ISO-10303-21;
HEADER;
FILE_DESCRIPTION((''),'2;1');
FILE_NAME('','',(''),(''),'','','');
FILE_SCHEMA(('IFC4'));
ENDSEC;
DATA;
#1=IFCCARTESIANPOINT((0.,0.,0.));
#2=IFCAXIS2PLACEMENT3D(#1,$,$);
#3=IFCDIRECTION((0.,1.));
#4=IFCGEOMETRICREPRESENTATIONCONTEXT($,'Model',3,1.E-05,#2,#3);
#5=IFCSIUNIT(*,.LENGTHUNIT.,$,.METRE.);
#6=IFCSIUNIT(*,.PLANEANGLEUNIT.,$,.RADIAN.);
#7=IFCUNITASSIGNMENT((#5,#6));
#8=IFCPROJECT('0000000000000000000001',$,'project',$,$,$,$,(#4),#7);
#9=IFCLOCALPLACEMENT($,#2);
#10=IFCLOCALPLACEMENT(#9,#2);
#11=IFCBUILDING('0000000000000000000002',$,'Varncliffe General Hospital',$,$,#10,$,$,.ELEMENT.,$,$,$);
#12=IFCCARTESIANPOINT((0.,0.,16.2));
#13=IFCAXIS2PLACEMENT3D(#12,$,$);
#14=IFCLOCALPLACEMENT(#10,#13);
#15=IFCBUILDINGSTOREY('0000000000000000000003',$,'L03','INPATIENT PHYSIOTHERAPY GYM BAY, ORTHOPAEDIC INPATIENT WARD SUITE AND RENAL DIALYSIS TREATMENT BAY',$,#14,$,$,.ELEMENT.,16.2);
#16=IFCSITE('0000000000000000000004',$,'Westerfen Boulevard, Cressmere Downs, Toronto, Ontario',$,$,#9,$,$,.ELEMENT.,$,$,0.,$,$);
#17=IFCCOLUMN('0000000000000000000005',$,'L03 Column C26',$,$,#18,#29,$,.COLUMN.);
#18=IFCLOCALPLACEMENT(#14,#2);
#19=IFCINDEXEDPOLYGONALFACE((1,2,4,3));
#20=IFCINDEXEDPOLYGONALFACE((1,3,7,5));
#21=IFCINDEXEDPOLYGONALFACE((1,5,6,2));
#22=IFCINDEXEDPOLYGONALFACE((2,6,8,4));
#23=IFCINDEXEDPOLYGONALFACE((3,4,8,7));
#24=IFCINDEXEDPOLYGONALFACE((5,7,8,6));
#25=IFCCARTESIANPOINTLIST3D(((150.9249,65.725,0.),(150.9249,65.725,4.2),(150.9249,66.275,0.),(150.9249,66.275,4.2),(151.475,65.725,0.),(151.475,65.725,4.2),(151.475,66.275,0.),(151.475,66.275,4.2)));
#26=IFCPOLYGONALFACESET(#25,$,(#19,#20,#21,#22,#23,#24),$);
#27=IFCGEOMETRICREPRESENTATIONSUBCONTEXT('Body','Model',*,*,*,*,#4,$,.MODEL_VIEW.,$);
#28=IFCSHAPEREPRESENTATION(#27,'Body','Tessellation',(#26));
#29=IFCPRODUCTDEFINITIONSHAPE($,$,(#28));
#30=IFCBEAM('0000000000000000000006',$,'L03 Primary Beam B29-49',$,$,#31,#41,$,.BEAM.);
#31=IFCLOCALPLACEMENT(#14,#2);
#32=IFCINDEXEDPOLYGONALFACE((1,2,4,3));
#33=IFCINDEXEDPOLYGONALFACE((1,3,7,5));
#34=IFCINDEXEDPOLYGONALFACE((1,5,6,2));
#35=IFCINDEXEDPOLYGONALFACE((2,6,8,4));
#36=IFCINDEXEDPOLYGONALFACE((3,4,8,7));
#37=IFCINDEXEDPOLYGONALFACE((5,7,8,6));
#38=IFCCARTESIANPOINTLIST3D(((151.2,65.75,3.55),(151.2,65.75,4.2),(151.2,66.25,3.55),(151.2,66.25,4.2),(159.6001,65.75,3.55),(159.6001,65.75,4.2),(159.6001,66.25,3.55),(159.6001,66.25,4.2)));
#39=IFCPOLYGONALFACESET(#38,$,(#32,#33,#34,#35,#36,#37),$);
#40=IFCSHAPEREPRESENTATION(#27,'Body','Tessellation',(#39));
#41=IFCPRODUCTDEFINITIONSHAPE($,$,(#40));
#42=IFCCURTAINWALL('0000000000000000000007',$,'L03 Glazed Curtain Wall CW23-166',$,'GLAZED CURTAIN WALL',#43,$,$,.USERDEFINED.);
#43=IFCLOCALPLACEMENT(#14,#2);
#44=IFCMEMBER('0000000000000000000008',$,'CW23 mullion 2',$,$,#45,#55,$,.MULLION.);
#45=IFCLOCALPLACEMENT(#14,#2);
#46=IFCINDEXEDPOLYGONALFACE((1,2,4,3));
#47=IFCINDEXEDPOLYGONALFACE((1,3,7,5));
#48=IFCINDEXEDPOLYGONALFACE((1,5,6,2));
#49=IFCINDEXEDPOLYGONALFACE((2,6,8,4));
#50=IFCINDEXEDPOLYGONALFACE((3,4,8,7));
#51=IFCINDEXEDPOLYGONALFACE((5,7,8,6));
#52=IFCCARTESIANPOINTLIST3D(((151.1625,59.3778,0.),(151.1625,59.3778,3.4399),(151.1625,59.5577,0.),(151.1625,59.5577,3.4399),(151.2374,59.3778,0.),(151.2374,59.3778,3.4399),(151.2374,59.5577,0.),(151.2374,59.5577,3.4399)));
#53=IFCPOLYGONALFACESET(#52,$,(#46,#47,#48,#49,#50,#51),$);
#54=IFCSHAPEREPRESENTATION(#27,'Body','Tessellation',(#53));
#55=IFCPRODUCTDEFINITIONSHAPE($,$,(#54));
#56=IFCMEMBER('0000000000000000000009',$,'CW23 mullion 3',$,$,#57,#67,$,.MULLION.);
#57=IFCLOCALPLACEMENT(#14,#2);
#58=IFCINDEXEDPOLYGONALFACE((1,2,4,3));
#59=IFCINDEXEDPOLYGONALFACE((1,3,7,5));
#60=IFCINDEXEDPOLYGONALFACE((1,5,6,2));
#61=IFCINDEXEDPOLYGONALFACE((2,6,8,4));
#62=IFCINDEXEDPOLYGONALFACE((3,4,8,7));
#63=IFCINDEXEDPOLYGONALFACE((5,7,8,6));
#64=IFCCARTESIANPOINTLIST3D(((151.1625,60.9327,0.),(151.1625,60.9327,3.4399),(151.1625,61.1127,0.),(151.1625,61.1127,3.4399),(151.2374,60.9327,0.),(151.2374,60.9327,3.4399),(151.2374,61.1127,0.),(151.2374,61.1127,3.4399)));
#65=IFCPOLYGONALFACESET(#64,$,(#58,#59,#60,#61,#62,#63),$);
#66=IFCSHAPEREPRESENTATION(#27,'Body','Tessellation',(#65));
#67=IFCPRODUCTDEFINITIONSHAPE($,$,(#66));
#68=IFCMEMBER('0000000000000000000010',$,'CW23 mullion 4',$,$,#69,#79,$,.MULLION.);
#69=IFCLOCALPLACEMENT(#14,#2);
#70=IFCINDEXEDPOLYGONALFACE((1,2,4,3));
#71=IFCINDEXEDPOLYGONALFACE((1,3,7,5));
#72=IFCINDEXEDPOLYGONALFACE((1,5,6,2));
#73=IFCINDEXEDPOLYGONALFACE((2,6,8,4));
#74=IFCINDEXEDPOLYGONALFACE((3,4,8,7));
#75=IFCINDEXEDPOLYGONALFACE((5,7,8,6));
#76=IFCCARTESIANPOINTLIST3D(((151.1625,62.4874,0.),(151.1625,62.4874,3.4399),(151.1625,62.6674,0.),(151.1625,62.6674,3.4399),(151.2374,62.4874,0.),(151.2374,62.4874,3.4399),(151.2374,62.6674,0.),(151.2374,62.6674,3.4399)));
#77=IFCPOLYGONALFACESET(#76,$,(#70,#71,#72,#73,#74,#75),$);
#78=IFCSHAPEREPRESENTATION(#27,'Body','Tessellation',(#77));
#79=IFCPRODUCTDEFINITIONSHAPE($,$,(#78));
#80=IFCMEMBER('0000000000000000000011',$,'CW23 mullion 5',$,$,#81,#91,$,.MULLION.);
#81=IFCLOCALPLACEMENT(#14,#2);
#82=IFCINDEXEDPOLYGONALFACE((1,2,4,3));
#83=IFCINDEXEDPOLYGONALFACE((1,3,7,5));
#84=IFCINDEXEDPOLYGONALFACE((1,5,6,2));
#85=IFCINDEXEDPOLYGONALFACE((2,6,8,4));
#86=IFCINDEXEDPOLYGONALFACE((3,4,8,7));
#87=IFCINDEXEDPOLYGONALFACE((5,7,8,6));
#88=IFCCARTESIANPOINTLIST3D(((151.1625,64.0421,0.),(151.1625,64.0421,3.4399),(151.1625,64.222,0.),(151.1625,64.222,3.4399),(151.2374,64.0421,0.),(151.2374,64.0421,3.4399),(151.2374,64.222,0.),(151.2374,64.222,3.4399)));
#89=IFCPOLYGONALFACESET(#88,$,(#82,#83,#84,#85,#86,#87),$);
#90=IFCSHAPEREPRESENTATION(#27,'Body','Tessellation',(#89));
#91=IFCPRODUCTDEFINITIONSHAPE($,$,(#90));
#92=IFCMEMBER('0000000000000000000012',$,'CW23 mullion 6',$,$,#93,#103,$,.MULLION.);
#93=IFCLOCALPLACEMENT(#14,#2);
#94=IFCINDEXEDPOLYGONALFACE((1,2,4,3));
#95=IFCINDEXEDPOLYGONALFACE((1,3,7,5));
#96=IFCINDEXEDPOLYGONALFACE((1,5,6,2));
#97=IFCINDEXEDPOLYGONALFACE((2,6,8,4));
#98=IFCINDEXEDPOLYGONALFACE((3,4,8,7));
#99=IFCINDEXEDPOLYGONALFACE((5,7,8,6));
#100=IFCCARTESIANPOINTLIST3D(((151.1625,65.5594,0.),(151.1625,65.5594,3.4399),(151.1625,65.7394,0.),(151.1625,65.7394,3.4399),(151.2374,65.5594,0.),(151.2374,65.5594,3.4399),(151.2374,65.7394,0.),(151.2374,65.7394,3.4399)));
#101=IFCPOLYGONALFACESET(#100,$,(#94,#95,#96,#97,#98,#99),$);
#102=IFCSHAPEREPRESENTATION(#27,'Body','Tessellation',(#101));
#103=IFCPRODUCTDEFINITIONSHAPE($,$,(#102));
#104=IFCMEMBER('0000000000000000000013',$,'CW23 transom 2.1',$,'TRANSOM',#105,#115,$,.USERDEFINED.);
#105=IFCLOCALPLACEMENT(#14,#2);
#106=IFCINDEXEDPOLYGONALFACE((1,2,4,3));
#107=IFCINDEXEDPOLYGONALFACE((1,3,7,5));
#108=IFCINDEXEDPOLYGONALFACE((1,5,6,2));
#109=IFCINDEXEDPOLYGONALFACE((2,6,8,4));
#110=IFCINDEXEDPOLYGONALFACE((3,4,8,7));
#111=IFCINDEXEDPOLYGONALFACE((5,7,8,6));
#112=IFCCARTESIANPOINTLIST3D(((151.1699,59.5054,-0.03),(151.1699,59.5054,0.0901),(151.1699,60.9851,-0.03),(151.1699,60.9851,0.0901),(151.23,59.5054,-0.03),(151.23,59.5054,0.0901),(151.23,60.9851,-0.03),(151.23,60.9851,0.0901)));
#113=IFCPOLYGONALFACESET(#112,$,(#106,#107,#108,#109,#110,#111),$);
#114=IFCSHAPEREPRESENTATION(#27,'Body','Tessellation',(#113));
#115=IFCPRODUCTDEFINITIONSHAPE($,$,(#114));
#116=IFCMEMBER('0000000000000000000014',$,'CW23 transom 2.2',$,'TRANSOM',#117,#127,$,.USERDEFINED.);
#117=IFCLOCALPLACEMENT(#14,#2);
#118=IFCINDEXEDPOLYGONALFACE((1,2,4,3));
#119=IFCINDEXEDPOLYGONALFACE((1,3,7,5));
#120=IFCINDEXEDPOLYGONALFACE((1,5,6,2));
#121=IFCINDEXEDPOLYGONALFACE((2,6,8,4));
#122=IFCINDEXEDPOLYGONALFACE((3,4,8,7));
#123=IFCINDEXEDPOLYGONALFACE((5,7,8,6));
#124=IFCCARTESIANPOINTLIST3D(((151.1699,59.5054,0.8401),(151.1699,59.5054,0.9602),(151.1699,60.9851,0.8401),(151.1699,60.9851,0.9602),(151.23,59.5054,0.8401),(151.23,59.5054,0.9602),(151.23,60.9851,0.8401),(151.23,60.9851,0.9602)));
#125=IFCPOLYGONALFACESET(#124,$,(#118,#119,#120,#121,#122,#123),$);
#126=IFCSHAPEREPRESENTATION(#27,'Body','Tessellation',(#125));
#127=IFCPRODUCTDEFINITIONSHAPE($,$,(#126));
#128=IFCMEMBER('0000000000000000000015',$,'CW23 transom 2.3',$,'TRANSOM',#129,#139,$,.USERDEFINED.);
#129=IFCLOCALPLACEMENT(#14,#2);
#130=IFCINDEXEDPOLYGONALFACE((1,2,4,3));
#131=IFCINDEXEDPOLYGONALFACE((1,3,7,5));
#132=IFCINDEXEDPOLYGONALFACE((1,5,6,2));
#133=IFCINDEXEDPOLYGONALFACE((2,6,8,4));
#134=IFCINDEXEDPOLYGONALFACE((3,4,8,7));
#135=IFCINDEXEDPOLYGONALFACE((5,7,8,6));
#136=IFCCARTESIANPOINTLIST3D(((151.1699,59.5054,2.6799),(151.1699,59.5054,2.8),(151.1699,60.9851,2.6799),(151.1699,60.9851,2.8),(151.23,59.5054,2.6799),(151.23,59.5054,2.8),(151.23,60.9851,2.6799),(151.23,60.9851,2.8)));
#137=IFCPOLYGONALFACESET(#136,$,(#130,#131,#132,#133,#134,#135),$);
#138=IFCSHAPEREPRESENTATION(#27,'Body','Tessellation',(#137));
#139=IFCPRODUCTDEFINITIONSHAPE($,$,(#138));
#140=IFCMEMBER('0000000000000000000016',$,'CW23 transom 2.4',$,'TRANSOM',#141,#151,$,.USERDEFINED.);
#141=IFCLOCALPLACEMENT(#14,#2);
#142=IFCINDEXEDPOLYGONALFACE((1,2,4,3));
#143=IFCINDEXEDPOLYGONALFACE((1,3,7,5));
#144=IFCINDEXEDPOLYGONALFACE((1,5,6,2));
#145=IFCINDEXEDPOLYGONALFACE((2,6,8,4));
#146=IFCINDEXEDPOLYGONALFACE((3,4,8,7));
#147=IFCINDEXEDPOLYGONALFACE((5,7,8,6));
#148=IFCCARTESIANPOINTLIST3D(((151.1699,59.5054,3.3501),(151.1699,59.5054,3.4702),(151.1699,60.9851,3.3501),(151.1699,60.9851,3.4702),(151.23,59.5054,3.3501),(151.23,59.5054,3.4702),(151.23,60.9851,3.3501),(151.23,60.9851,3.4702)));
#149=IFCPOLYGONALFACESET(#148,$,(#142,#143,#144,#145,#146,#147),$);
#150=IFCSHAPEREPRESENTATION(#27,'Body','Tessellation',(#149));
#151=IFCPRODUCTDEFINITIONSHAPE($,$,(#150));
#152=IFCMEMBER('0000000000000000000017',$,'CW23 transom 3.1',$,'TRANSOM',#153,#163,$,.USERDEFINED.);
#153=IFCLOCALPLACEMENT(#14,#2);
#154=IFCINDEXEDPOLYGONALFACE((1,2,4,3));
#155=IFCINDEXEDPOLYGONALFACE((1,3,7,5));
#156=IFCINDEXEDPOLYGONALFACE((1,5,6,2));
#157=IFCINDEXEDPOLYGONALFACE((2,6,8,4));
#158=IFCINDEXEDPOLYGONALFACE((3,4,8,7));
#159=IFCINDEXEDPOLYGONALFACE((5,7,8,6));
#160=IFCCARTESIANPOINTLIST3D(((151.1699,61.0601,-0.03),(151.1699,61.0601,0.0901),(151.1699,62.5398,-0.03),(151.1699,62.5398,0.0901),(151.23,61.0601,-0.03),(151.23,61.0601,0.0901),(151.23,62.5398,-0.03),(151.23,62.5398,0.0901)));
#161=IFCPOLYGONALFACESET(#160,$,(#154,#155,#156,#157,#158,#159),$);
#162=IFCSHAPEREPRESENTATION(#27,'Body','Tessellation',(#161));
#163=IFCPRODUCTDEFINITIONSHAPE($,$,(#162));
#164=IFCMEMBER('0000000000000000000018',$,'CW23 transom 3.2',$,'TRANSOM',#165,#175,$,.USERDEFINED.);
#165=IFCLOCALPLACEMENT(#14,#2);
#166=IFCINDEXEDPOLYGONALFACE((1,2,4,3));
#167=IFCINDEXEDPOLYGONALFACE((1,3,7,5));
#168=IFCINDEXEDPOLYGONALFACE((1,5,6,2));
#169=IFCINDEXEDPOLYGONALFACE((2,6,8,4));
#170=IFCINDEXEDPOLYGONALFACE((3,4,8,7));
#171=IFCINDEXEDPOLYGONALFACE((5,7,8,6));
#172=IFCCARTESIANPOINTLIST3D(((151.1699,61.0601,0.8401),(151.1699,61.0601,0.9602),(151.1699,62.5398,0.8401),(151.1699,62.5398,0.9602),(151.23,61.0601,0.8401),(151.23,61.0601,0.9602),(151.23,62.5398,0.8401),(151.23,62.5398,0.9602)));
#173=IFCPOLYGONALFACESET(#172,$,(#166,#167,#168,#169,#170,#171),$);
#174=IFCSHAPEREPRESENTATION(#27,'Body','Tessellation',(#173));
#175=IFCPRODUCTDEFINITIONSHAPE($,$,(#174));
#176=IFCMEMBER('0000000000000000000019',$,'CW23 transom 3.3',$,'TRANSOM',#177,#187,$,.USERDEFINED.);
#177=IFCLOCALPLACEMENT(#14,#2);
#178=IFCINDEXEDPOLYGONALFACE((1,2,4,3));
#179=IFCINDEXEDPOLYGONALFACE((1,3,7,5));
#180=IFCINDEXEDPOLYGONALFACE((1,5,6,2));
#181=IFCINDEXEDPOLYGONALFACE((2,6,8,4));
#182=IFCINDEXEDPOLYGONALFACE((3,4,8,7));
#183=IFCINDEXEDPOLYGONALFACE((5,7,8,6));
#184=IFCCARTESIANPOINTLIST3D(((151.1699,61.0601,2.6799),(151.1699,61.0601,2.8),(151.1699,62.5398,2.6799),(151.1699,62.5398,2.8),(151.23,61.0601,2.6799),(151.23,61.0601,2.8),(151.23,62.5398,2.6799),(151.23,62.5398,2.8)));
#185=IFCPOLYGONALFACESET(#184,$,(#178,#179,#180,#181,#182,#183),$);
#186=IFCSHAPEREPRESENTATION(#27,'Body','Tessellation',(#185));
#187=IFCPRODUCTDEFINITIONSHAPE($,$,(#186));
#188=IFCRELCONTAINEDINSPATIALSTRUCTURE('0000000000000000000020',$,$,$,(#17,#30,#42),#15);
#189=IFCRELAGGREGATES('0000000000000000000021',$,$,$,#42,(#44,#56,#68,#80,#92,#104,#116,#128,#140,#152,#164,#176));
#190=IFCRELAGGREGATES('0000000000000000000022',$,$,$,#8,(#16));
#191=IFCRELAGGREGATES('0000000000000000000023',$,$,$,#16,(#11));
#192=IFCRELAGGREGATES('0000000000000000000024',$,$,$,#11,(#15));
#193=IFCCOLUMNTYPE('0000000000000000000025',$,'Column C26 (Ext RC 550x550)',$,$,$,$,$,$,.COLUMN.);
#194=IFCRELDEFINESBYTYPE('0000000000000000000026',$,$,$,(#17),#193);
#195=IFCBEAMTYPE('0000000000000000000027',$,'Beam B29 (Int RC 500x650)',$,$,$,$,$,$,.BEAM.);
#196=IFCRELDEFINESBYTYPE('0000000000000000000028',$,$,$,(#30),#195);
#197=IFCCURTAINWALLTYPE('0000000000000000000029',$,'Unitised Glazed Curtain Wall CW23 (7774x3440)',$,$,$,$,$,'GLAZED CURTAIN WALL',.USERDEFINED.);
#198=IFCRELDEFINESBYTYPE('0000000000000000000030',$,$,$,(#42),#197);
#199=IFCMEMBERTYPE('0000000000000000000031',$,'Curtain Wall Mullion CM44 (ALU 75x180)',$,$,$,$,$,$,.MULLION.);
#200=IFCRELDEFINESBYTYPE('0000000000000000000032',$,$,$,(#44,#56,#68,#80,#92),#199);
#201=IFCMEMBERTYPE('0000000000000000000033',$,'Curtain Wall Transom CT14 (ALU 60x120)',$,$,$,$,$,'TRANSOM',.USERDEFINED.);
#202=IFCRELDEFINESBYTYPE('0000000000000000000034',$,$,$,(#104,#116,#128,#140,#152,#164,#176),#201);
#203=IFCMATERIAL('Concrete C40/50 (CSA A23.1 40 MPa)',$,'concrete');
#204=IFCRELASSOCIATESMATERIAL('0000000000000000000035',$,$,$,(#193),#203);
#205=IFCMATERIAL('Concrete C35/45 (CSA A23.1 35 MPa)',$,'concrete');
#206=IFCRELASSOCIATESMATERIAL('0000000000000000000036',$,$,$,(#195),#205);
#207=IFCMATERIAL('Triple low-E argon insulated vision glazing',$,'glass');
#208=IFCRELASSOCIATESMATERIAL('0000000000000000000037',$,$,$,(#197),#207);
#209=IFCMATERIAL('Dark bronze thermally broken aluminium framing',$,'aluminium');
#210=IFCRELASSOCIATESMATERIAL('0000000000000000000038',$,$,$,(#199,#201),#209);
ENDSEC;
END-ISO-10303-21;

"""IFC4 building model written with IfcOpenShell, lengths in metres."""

from ifc_helpers import new_model, si_unit, direction, frame, origin, origin_2d, place, context, subcontext, project, spatial, rectangle, extrude, material, material_profile, profile_set, type_object, element, aggregate, save


model = new_model("IFC4")

# Units and contexts
model_context = context("Model", 3, precision=1e-05, world=origin(), true_north=direction((0.0, 1.0)))
body_context = subcontext(model_context, "Body", "Model", "MODEL_VIEW")
ifc_project = project(units=[si_unit("LENGTHUNIT", "METRE"), si_unit("PLANEANGLEUNIT", "RADIAN")], contexts=[model_context])

# Site, building, storey
site_placement = place(None, origin())
site = spatial("IfcSite", under=ifc_project, at=site_placement, Name="Westerfen Boulevard, Cressmere Downs, Toronto, Ontario", CompositionType="ELEMENT", RefElevation=0.0)
building_placement = place(site_placement, origin())
building = spatial("IfcBuilding", under=site, at=building_placement, Name="Varncliffe General Hospital", CompositionType="ELEMENT")
storey_placement = place(building_placement, frame((0.0, 0.0, 16.2)))
storey = spatial("IfcBuildingStorey", under=building, at=storey_placement, Name="L03", Description="INPATIENT PHYSIOTHERAPY GYM BAY, ORTHOPAEDIC INPATIENT WARD SUITE AND RENAL DIALYSIS TREATMENT BAY", CompositionType="ELEMENT", Elevation=16.2)

# Column
ifc_material_1 = material(Name="Concrete C40/50 (CSA A23.1 40 MPa)", Category="concrete")
ifc_material_profile_1 = material_profile(ifc_material_1, rectangle(XDim=0.55, YDim=0.55, at=origin_2d()), Name="RC 550x550")
ifc_profile_set_1 = profile_set([ifc_material_profile_1], Name="Concrete C40/50 (CSA A23.1 40 MPa)")
column_type = type_object("IfcColumnType", Name="Column C26 (Ext RC 550x550)", PredefinedType="COLUMN", material=ifc_profile_set_1)
column_placement = place(storey_placement, frame((151.2, 66.0, 0.0), z_axis=(0.0, 0.0, 1.0), x_axis=(1.0, 0.0, 0.0)))
element("IfcColumn", 1, at=column_placement, inside=storey, type_object=column_type, Name="L03 Column C26", PredefinedType="COLUMN", context=body_context, shape_type="SweptSolid", body=[
    extrude(rectangle(XDim=0.55, YDim=0.55, at=origin_2d()), origin(), (0.0, 0.0, 1.0), 4.2),
])

# Beam
ifc_material_2 = material(Name="Concrete C35/45 (CSA A23.1 35 MPa)", Category="concrete")
ifc_material_profile_2 = material_profile(ifc_material_2, rectangle(XDim=0.5, YDim=0.6499, at=origin_2d()), Name="RC 500x650")
ifc_profile_set_2 = profile_set([ifc_material_profile_2], Name="Concrete C35/45 (CSA A23.1 35 MPa)")
beam_type_1 = type_object("IfcBeamType", Name="Beam B29 (Int RC 500x650)", PredefinedType="BEAM", material=ifc_profile_set_2)
beam_1_placement = place(storey_placement, frame((151.2, 66.0, 3.875), z_axis=(1.0, 0.0, 0.0), x_axis=(0.0, 1.0, 0.0)))
element("IfcBeam", 2, at=beam_1_placement, inside=storey, type_object=beam_type_1, Name="L03 Primary Beam B29-49", PredefinedType="BEAM", context=body_context, shape_type="SweptSolid", body=[
    extrude(rectangle(XDim=0.5, YDim=0.6499, at=origin_2d()), origin(), (0.0, 0.0, 1.0), 8.4001),
])

# Curtain wall, members
ifc_material_3 = material(Name="Triple low-E argon insulated vision glazing", Category="glass")
curtain_wall_type = type_object("IfcCurtainWallType", Name="Unitised Glazed Curtain Wall CW23 (7774x3440)", ElementType="GLAZED CURTAIN WALL", PredefinedType="USERDEFINED", material=ifc_material_3)
curtain_wall_placement = place(storey_placement, origin())
curtain_wall = element("IfcCurtainWall", 3, at=curtain_wall_placement, inside=storey, type_object=curtain_wall_type, Name="L03 Glazed Curtain Wall CW23-166", ObjectType="GLAZED CURTAIN WALL", PredefinedType="USERDEFINED")
ifc_material_4 = material(Name="Dark bronze thermally broken aluminium framing", Category="aluminium")
ifc_material_profile_3 = material_profile(ifc_material_4, rectangle(XDim=0.075, YDim=0.1799, at=origin_2d()), Name="ALU 75x180")
ifc_profile_set_3 = profile_set([ifc_material_profile_3], Name="Dark bronze thermally broken aluminium framing")
member_type_1 = type_object("IfcMemberType", Name="Curtain Wall Mullion CM44 (ALU 75x180)", PredefinedType="MULLION", material=ifc_profile_set_3)
member_1_placement = place(storey_placement, frame((151.2, 59.4678, 0.0), z_axis=(0.0, 0.0, 1.0), x_axis=(-1.0, 0.0, 0.0)))
member_1 = element("IfcMember", 4, at=member_1_placement, type_object=member_type_1, Name="CW23 mullion 2", PredefinedType="MULLION", context=body_context, shape_type="SweptSolid", body=[
    extrude(rectangle(XDim=0.075, YDim=0.1799, at=origin_2d()), origin(), (0.0, 0.0, 1.0), 3.4399),
])
member_2_placement = place(storey_placement, frame((151.2, 61.0227, 0.0), z_axis=(0.0, 0.0, 1.0), x_axis=(-1.0, 0.0, 0.0)))
member_2 = element("IfcMember", 5, at=member_2_placement, type_object=member_type_1, Name="CW23 mullion 3", PredefinedType="MULLION", context=body_context, shape_type="SweptSolid", body=[
    extrude(rectangle(XDim=0.075, YDim=0.1799, at=origin_2d()), origin(), (0.0, 0.0, 1.0), 3.4399),
])
member_3_placement = place(storey_placement, frame((151.2, 62.5774, 0.0), z_axis=(0.0, 0.0, 1.0), x_axis=(-1.0, 0.0, 0.0)))
member_3 = element("IfcMember", 6, at=member_3_placement, type_object=member_type_1, Name="CW23 mullion 4", PredefinedType="MULLION", context=body_context, shape_type="SweptSolid", body=[
    extrude(rectangle(XDim=0.075, YDim=0.1799, at=origin_2d()), origin(), (0.0, 0.0, 1.0), 3.4399),
])
member_4_placement = place(storey_placement, frame((151.2, 64.1321, 0.0), z_axis=(0.0, 0.0, 1.0), x_axis=(-1.0, 0.0, 0.0)))
member_4 = element("IfcMember", 7, at=member_4_placement, type_object=member_type_1, Name="CW23 mullion 5", PredefinedType="MULLION", context=body_context, shape_type="SweptSolid", body=[
    extrude(rectangle(XDim=0.075, YDim=0.1799, at=origin_2d()), origin(), (0.0, 0.0, 1.0), 3.4399),
])
member_5_placement = place(storey_placement, frame((151.2, 65.6494, 0.0), z_axis=(0.0, 0.0, 1.0), x_axis=(-1.0, 0.0, 0.0)))
member_5 = element("IfcMember", 8, at=member_5_placement, type_object=member_type_1, Name="CW23 mullion 6", PredefinedType="MULLION", context=body_context, shape_type="SweptSolid", body=[
    extrude(rectangle(XDim=0.075, YDim=0.1799, at=origin_2d()), origin(), (0.0, 0.0, 1.0), 3.4399),
])
ifc_material_profile_4 = material_profile(ifc_material_4, rectangle(XDim=0.0601, YDim=0.1201, at=origin_2d()), Name="ALU 60x120")
ifc_profile_set_4 = profile_set([ifc_material_profile_4], Name="Dark bronze thermally broken aluminium framing")
member_type_2 = type_object("IfcMemberType", Name="Curtain Wall Transom CT14 (ALU 60x120)", ElementType="TRANSOM", PredefinedType="USERDEFINED", material=ifc_profile_set_4)
member_6_placement = place(storey_placement, frame((151.2, 59.5054, 0.03), z_axis=(0.0, 1.0, 0.0), x_axis=(-1.0, 0.0, 0.0)))
member_6 = element("IfcMember", 9, at=member_6_placement, type_object=member_type_2, Name="CW23 transom 2.1", ObjectType="TRANSOM", PredefinedType="USERDEFINED", context=body_context, shape_type="SweptSolid", body=[
    extrude(rectangle(XDim=0.0601, YDim=0.1201, at=origin_2d()), origin(), (0.0, 0.0, 1.0), 1.4797),
])
member_7_placement = place(storey_placement, frame((151.2, 59.5054, 0.9001), z_axis=(0.0, 1.0, 0.0), x_axis=(-1.0, 0.0, 0.0)))
member_7 = element("IfcMember", 10, at=member_7_placement, type_object=member_type_2, Name="CW23 transom 2.2", ObjectType="TRANSOM", PredefinedType="USERDEFINED", context=body_context, shape_type="SweptSolid", body=[
    extrude(rectangle(XDim=0.0601, YDim=0.1201, at=origin_2d()), origin(), (0.0, 0.0, 1.0), 1.4797),
])
member_8_placement = place(storey_placement, frame((151.2, 59.5054, 2.74), z_axis=(0.0, 1.0, 0.0), x_axis=(-1.0, 0.0, 0.0)))
member_8 = element("IfcMember", 11, at=member_8_placement, type_object=member_type_2, Name="CW23 transom 2.3", ObjectType="TRANSOM", PredefinedType="USERDEFINED", context=body_context, shape_type="SweptSolid", body=[
    extrude(rectangle(XDim=0.0601, YDim=0.1201, at=origin_2d()), origin(), (0.0, 0.0, 1.0), 1.4797),
])
member_9_placement = place(storey_placement, frame((151.2, 59.5054, 3.4102), z_axis=(0.0, 1.0, 0.0), x_axis=(-1.0, 0.0, 0.0)))
member_9 = element("IfcMember", 12, at=member_9_placement, type_object=member_type_2, Name="CW23 transom 2.4", ObjectType="TRANSOM", PredefinedType="USERDEFINED", context=body_context, shape_type="SweptSolid", body=[
    extrude(rectangle(XDim=0.0601, YDim=0.1201, at=origin_2d()), origin(), (0.0, 0.0, 1.0), 1.4797),
])
member_10_placement = place(storey_placement, frame((151.2, 61.0601, 0.03), z_axis=(0.0, 1.0, 0.0), x_axis=(-1.0, 0.0, 0.0)))
member_10 = element("IfcMember", 13, at=member_10_placement, type_object=member_type_2, Name="CW23 transom 3.1", ObjectType="TRANSOM", PredefinedType="USERDEFINED", context=body_context, shape_type="SweptSolid", body=[
    extrude(rectangle(XDim=0.0601, YDim=0.1201, at=origin_2d()), origin(), (0.0, 0.0, 1.0), 1.4797),
])
member_11_placement = place(storey_placement, frame((151.2, 61.0601, 0.9001), z_axis=(0.0, 1.0, 0.0), x_axis=(-1.0, 0.0, 0.0)))
member_11 = element("IfcMember", 14, at=member_11_placement, type_object=member_type_2, Name="CW23 transom 3.2", ObjectType="TRANSOM", PredefinedType="USERDEFINED", context=body_context, shape_type="SweptSolid", body=[
    extrude(rectangle(XDim=0.0601, YDim=0.1201, at=origin_2d()), origin(), (0.0, 0.0, 1.0), 1.4797),
])
member_12_placement = place(storey_placement, frame((151.2, 61.0601, 2.74), z_axis=(0.0, 1.0, 0.0), x_axis=(-1.0, 0.0, 0.0)))
member_12 = element("IfcMember", 15, at=member_12_placement, type_object=member_type_2, Name="CW23 transom 3.3", ObjectType="TRANSOM", PredefinedType="USERDEFINED", context=body_context, shape_type="SweptSolid", body=[
    extrude(rectangle(XDim=0.0601, YDim=0.1201, at=origin_2d()), origin(), (0.0, 0.0, 1.0), 1.4797),
])

aggregate(curtain_wall, [member_1, member_2, member_3, member_4, member_5, member_6, member_7, member_8, member_9, member_10, member_11, member_12])

save(model, "model.ifc")
